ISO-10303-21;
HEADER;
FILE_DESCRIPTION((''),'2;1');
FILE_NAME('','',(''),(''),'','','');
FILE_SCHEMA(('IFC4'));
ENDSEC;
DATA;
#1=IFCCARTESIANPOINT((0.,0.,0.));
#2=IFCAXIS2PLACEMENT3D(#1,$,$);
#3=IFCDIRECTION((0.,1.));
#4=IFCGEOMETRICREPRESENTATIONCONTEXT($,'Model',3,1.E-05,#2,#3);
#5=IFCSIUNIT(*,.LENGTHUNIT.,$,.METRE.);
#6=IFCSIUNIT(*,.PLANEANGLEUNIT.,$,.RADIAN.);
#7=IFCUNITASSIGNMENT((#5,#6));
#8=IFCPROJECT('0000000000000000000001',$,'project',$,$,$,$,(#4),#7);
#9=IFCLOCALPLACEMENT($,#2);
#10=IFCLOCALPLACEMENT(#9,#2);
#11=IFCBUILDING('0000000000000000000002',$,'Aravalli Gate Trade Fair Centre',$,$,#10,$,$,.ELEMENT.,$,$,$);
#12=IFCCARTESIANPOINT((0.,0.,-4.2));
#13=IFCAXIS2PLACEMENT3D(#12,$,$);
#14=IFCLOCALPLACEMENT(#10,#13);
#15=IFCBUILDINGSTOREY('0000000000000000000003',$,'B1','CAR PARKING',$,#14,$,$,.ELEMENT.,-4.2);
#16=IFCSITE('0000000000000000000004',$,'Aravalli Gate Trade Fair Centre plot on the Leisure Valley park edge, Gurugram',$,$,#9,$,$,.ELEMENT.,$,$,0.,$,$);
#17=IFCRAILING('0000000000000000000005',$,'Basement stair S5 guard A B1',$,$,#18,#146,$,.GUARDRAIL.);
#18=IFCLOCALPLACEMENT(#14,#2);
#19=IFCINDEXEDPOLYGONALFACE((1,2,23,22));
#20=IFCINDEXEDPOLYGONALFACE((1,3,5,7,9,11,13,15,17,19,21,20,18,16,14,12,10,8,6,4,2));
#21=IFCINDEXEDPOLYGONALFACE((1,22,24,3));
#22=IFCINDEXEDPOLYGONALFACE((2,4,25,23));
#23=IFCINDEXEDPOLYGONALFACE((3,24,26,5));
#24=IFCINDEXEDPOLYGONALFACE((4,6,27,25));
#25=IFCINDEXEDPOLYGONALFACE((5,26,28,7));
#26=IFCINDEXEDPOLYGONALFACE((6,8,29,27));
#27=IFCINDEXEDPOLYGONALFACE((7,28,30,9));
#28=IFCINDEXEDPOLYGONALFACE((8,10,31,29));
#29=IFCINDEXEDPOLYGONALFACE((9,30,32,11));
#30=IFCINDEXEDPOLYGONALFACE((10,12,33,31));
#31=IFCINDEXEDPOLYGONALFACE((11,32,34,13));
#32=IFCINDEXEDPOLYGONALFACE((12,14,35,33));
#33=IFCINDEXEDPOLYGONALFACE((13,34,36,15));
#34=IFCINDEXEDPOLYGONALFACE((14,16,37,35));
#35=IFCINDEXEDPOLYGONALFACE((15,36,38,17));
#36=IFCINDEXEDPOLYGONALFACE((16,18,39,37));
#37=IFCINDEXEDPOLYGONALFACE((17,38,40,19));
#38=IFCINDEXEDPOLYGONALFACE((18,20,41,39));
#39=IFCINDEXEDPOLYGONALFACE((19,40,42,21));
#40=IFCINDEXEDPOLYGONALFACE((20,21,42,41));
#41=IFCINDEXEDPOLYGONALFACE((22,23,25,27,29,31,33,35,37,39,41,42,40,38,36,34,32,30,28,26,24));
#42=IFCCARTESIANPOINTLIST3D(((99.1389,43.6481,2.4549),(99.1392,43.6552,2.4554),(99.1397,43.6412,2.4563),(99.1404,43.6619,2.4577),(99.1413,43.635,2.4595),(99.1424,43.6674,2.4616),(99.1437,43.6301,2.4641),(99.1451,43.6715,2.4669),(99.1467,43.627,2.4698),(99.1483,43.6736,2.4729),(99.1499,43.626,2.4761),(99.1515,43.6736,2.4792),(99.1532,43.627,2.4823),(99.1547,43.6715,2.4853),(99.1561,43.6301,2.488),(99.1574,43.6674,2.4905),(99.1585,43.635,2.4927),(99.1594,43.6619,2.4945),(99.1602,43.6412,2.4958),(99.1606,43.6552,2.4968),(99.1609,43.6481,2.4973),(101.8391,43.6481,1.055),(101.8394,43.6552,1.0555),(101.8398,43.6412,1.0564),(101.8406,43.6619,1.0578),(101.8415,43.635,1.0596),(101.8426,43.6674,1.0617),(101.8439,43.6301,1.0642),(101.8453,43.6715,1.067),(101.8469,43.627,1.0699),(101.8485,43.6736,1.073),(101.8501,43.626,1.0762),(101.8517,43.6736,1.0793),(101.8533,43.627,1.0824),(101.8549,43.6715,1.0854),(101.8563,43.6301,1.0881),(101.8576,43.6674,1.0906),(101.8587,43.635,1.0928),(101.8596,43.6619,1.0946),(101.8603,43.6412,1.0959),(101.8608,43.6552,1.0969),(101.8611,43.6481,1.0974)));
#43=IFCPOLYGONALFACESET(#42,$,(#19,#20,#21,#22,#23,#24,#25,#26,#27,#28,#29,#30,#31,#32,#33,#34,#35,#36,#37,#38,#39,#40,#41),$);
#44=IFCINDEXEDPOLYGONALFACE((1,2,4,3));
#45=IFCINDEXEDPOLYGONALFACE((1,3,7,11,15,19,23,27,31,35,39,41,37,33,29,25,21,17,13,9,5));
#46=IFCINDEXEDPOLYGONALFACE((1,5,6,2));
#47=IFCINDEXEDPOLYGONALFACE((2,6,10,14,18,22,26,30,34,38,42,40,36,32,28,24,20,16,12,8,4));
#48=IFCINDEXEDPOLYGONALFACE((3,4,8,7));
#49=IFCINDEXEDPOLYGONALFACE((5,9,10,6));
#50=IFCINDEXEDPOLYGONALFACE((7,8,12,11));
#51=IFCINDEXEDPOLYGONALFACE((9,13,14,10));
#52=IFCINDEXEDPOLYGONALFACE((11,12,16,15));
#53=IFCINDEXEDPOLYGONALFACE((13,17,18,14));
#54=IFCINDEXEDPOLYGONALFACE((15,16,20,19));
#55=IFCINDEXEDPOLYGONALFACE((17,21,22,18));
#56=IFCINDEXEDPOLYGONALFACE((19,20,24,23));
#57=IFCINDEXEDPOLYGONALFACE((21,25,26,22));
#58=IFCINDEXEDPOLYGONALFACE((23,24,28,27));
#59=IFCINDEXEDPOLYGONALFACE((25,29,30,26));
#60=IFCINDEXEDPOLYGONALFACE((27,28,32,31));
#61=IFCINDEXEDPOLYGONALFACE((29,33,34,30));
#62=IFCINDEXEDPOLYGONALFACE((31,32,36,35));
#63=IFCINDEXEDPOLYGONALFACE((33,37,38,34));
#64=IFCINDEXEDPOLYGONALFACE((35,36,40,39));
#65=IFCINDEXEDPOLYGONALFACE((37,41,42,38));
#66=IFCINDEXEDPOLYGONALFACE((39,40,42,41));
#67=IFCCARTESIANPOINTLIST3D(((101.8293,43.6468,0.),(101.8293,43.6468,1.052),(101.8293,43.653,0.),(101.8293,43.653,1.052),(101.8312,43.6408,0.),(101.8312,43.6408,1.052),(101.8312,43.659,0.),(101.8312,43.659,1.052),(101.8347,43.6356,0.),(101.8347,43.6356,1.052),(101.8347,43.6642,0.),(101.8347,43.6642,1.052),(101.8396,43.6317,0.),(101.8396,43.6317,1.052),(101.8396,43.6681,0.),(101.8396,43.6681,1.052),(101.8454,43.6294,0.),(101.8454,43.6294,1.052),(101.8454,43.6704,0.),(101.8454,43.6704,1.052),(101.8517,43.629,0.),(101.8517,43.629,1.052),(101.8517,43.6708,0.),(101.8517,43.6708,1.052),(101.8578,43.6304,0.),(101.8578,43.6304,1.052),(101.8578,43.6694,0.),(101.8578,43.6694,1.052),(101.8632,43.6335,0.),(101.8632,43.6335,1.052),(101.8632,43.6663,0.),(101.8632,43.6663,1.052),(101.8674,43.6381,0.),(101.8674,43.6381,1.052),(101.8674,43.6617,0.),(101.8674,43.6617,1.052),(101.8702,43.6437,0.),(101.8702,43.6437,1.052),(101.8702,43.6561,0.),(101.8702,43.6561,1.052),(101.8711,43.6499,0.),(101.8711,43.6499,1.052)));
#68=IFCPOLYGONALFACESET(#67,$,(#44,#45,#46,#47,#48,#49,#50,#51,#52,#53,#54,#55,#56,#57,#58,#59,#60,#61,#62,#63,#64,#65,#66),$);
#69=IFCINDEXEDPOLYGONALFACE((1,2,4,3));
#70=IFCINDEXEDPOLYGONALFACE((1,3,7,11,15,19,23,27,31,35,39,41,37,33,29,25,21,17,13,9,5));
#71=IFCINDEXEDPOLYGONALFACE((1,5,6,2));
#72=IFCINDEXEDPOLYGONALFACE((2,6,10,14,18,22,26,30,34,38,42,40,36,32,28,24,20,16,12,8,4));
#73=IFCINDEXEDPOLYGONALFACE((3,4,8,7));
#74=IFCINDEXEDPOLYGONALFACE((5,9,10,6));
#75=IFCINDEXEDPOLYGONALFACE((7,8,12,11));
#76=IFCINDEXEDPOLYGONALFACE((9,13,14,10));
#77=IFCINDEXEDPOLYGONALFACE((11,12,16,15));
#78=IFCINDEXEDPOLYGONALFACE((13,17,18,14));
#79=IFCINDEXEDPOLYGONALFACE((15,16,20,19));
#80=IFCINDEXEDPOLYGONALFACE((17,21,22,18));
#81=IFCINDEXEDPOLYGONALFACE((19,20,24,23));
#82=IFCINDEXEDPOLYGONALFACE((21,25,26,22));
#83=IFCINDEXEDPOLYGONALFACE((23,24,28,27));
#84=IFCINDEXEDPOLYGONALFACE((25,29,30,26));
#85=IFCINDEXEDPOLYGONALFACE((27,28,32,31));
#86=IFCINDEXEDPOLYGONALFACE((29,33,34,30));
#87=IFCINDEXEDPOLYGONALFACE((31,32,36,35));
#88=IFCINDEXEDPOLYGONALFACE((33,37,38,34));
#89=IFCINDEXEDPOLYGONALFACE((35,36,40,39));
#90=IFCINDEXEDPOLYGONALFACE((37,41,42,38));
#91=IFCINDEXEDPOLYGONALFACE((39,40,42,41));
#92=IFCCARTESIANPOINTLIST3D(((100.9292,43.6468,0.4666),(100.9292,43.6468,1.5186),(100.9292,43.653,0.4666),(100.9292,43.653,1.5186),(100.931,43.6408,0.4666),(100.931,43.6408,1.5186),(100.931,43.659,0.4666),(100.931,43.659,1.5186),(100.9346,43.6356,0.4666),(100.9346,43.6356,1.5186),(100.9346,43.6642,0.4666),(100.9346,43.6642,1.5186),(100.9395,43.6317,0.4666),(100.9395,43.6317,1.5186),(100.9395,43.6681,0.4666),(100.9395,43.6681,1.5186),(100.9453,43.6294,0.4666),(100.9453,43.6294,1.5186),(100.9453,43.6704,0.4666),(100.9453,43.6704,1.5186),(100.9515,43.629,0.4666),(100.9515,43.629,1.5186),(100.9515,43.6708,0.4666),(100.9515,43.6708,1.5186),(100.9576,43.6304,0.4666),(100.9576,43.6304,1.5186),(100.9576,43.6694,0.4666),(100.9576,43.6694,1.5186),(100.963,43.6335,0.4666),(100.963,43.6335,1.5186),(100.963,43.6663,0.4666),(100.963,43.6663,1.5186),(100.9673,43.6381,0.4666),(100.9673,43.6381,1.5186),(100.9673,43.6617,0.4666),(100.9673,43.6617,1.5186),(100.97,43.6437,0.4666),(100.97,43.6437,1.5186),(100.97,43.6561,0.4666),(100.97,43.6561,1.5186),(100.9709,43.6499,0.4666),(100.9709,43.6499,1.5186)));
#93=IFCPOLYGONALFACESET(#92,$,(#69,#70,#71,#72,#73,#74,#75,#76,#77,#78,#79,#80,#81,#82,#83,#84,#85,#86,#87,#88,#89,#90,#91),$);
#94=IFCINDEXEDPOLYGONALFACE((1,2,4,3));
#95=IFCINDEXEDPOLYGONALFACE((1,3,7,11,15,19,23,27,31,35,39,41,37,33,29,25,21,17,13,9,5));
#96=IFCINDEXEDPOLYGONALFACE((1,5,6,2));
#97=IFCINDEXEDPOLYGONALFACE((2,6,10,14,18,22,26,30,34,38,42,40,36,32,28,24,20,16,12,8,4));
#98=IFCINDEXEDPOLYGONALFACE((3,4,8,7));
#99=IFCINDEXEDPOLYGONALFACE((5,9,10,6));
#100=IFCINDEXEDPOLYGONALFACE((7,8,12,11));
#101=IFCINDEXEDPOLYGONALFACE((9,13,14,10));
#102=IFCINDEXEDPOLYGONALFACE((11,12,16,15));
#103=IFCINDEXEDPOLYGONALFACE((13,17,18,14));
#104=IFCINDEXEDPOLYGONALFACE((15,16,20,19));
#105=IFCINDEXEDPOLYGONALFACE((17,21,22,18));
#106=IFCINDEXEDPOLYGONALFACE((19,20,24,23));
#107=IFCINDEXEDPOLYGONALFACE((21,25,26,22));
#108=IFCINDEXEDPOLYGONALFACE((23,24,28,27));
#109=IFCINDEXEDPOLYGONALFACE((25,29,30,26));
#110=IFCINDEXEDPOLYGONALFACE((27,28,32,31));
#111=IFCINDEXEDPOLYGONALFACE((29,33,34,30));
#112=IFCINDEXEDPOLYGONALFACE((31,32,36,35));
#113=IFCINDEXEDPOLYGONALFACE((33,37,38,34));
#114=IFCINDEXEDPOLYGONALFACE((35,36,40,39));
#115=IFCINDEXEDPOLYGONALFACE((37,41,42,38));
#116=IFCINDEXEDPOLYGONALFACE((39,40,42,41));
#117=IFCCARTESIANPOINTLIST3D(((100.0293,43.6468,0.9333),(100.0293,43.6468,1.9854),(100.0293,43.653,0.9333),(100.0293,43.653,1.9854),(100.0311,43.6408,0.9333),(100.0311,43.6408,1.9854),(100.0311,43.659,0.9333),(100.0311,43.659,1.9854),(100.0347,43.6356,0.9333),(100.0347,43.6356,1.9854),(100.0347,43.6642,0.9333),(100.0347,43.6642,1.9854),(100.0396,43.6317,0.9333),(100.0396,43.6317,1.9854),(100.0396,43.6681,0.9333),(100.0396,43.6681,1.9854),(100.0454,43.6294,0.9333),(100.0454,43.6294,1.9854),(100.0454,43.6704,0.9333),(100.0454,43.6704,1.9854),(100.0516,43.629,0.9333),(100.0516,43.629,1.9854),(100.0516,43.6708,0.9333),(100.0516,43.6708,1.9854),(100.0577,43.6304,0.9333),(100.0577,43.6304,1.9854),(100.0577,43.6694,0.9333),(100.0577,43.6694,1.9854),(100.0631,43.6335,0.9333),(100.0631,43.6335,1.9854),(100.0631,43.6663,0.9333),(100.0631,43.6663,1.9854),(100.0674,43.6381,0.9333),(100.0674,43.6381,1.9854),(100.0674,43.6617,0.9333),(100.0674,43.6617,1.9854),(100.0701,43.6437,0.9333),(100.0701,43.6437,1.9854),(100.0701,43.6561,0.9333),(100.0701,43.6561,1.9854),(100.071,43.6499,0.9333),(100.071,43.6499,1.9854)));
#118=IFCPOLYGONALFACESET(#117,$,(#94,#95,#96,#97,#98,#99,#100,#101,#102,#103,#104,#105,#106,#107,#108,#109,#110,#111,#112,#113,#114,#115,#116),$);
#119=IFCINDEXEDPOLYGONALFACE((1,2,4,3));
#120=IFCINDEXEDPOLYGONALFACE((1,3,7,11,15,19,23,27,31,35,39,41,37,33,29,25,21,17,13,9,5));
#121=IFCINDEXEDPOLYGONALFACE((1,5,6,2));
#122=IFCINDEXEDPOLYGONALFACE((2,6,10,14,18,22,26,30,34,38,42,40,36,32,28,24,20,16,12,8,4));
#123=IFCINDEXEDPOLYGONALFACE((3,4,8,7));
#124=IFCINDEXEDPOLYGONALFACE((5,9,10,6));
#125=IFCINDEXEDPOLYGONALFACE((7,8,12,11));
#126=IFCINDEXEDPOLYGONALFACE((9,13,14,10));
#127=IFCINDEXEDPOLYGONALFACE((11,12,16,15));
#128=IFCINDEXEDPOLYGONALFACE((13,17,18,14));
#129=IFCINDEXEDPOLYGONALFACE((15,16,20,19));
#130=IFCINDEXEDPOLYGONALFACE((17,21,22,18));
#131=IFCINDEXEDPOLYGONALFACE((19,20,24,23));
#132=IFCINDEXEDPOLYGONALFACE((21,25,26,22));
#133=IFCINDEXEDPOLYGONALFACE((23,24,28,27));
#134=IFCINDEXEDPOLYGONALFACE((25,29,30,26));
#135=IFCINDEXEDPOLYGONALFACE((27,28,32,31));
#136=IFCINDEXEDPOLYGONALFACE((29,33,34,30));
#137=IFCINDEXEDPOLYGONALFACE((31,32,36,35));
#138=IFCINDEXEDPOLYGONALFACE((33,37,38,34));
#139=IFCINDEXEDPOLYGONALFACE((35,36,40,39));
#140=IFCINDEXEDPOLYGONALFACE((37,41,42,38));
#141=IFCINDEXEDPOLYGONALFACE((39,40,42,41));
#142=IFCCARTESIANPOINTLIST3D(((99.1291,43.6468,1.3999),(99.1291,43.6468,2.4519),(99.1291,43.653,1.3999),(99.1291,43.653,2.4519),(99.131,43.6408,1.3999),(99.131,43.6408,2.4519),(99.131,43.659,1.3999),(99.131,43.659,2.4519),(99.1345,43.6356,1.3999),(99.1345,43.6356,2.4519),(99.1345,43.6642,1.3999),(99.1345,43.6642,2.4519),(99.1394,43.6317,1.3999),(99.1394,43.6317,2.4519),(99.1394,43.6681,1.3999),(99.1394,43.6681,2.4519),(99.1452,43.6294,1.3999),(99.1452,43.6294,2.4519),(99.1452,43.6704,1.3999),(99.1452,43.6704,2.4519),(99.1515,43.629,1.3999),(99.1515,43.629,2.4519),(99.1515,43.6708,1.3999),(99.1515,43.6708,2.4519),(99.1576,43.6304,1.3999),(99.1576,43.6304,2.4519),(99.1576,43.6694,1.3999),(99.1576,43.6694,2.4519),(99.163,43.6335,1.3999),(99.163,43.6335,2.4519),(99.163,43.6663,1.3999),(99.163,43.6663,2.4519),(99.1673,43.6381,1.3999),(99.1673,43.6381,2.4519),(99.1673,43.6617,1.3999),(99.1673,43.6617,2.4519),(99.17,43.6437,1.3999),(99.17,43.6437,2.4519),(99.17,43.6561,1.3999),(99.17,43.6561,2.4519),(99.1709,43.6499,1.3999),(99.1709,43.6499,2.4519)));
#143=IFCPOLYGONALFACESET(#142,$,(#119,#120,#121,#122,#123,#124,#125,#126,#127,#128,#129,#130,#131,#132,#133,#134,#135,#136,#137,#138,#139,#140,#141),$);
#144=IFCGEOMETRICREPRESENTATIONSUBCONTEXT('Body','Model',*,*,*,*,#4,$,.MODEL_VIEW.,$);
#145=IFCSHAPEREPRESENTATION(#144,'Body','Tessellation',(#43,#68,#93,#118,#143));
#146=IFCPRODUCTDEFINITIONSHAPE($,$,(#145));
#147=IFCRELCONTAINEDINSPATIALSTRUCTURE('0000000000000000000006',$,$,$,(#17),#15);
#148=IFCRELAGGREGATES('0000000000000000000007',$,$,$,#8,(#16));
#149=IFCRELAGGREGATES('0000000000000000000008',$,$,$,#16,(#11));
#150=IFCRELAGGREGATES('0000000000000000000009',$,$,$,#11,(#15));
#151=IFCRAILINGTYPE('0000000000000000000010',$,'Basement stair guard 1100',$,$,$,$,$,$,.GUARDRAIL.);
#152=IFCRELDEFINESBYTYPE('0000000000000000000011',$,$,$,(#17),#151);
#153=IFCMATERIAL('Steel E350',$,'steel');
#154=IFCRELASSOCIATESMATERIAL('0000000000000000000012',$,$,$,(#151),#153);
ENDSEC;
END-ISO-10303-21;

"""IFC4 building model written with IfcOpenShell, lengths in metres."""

from ifc_helpers import new_model, si_unit, direction, frame, origin, origin_2d, place, context, subcontext, project, spatial, circle, extrude, material, type_object, element, save


model = new_model("IFC4")

# Units and contexts
model_context = context("Model", 3, precision=1e-05, world=origin(), true_north=direction((0.0, 1.0)))
body_context = subcontext(model_context, "Body", "Model", "MODEL_VIEW")
ifc_project = project(units=[si_unit("LENGTHUNIT", "METRE"), si_unit("PLANEANGLEUNIT", "RADIAN")], contexts=[model_context])

# Site, building, storey
site_placement = place(None, origin())
site = spatial("IfcSite", under=ifc_project, at=site_placement, Name="Aravalli Gate Trade Fair Centre plot on the Leisure Valley park edge, Gurugram", CompositionType="ELEMENT", RefElevation=0.0)
building_placement = place(site_placement, origin())
building = spatial("IfcBuilding", under=site, at=building_placement, Name="Aravalli Gate Trade Fair Centre", CompositionType="ELEMENT")
storey_placement = place(building_placement, frame((0.0, 0.0, -4.2)))
storey = spatial("IfcBuildingStorey", under=building, at=storey_placement, Name="B1", Description="CAR PARKING", CompositionType="ELEMENT", Elevation=-4.2)

# Railing
ifc_material_1 = material(Name="Steel E350", Category="steel")
railing_type_1 = type_object("IfcRailingType", Name="Basement stair guard 1100", PredefinedType="GUARDRAIL", material=ifc_material_1)
railing_1_placement = place(storey_placement, frame((101.8501, 43.6499, 0.0)))
element("IfcRailing", 1, at=railing_1_placement, inside=storey, type_object=railing_type_1, Name="Basement stair S5 guard A B1", PredefinedType="GUARDRAIL", context=body_context, shape_type="SweptSolid", body=[
    extrude(circle(Radius=0.0239, at=origin_2d()), frame((0.0, 0.0, 1.0762), z_axis=(-0.887781, 0.0, 0.460266), x_axis=(0.0, -1.0, 0.0)), (0.0, 0.0, 1.0), 3.0415),
    extrude(circle(Radius=0.021, at=origin_2d()), origin(), (0.0, 0.0, 1.0), 1.052),
    extrude(circle(Radius=0.021, at=origin_2d()), frame((-0.9001, 0.0, 0.4666)), (0.0, 0.0, 1.0), 1.052),
    extrude(circle(Radius=0.021, at=origin_2d()), frame((-1.8, 0.0, 0.9333)), (0.0, 0.0, 1.0), 1.052),
    extrude(circle(Radius=0.021, at=origin_2d()), frame((-2.7002, 0.0, 1.3999)), (0.0, 0.0, 1.0), 1.052),
])

save(model, "model.ifc")
